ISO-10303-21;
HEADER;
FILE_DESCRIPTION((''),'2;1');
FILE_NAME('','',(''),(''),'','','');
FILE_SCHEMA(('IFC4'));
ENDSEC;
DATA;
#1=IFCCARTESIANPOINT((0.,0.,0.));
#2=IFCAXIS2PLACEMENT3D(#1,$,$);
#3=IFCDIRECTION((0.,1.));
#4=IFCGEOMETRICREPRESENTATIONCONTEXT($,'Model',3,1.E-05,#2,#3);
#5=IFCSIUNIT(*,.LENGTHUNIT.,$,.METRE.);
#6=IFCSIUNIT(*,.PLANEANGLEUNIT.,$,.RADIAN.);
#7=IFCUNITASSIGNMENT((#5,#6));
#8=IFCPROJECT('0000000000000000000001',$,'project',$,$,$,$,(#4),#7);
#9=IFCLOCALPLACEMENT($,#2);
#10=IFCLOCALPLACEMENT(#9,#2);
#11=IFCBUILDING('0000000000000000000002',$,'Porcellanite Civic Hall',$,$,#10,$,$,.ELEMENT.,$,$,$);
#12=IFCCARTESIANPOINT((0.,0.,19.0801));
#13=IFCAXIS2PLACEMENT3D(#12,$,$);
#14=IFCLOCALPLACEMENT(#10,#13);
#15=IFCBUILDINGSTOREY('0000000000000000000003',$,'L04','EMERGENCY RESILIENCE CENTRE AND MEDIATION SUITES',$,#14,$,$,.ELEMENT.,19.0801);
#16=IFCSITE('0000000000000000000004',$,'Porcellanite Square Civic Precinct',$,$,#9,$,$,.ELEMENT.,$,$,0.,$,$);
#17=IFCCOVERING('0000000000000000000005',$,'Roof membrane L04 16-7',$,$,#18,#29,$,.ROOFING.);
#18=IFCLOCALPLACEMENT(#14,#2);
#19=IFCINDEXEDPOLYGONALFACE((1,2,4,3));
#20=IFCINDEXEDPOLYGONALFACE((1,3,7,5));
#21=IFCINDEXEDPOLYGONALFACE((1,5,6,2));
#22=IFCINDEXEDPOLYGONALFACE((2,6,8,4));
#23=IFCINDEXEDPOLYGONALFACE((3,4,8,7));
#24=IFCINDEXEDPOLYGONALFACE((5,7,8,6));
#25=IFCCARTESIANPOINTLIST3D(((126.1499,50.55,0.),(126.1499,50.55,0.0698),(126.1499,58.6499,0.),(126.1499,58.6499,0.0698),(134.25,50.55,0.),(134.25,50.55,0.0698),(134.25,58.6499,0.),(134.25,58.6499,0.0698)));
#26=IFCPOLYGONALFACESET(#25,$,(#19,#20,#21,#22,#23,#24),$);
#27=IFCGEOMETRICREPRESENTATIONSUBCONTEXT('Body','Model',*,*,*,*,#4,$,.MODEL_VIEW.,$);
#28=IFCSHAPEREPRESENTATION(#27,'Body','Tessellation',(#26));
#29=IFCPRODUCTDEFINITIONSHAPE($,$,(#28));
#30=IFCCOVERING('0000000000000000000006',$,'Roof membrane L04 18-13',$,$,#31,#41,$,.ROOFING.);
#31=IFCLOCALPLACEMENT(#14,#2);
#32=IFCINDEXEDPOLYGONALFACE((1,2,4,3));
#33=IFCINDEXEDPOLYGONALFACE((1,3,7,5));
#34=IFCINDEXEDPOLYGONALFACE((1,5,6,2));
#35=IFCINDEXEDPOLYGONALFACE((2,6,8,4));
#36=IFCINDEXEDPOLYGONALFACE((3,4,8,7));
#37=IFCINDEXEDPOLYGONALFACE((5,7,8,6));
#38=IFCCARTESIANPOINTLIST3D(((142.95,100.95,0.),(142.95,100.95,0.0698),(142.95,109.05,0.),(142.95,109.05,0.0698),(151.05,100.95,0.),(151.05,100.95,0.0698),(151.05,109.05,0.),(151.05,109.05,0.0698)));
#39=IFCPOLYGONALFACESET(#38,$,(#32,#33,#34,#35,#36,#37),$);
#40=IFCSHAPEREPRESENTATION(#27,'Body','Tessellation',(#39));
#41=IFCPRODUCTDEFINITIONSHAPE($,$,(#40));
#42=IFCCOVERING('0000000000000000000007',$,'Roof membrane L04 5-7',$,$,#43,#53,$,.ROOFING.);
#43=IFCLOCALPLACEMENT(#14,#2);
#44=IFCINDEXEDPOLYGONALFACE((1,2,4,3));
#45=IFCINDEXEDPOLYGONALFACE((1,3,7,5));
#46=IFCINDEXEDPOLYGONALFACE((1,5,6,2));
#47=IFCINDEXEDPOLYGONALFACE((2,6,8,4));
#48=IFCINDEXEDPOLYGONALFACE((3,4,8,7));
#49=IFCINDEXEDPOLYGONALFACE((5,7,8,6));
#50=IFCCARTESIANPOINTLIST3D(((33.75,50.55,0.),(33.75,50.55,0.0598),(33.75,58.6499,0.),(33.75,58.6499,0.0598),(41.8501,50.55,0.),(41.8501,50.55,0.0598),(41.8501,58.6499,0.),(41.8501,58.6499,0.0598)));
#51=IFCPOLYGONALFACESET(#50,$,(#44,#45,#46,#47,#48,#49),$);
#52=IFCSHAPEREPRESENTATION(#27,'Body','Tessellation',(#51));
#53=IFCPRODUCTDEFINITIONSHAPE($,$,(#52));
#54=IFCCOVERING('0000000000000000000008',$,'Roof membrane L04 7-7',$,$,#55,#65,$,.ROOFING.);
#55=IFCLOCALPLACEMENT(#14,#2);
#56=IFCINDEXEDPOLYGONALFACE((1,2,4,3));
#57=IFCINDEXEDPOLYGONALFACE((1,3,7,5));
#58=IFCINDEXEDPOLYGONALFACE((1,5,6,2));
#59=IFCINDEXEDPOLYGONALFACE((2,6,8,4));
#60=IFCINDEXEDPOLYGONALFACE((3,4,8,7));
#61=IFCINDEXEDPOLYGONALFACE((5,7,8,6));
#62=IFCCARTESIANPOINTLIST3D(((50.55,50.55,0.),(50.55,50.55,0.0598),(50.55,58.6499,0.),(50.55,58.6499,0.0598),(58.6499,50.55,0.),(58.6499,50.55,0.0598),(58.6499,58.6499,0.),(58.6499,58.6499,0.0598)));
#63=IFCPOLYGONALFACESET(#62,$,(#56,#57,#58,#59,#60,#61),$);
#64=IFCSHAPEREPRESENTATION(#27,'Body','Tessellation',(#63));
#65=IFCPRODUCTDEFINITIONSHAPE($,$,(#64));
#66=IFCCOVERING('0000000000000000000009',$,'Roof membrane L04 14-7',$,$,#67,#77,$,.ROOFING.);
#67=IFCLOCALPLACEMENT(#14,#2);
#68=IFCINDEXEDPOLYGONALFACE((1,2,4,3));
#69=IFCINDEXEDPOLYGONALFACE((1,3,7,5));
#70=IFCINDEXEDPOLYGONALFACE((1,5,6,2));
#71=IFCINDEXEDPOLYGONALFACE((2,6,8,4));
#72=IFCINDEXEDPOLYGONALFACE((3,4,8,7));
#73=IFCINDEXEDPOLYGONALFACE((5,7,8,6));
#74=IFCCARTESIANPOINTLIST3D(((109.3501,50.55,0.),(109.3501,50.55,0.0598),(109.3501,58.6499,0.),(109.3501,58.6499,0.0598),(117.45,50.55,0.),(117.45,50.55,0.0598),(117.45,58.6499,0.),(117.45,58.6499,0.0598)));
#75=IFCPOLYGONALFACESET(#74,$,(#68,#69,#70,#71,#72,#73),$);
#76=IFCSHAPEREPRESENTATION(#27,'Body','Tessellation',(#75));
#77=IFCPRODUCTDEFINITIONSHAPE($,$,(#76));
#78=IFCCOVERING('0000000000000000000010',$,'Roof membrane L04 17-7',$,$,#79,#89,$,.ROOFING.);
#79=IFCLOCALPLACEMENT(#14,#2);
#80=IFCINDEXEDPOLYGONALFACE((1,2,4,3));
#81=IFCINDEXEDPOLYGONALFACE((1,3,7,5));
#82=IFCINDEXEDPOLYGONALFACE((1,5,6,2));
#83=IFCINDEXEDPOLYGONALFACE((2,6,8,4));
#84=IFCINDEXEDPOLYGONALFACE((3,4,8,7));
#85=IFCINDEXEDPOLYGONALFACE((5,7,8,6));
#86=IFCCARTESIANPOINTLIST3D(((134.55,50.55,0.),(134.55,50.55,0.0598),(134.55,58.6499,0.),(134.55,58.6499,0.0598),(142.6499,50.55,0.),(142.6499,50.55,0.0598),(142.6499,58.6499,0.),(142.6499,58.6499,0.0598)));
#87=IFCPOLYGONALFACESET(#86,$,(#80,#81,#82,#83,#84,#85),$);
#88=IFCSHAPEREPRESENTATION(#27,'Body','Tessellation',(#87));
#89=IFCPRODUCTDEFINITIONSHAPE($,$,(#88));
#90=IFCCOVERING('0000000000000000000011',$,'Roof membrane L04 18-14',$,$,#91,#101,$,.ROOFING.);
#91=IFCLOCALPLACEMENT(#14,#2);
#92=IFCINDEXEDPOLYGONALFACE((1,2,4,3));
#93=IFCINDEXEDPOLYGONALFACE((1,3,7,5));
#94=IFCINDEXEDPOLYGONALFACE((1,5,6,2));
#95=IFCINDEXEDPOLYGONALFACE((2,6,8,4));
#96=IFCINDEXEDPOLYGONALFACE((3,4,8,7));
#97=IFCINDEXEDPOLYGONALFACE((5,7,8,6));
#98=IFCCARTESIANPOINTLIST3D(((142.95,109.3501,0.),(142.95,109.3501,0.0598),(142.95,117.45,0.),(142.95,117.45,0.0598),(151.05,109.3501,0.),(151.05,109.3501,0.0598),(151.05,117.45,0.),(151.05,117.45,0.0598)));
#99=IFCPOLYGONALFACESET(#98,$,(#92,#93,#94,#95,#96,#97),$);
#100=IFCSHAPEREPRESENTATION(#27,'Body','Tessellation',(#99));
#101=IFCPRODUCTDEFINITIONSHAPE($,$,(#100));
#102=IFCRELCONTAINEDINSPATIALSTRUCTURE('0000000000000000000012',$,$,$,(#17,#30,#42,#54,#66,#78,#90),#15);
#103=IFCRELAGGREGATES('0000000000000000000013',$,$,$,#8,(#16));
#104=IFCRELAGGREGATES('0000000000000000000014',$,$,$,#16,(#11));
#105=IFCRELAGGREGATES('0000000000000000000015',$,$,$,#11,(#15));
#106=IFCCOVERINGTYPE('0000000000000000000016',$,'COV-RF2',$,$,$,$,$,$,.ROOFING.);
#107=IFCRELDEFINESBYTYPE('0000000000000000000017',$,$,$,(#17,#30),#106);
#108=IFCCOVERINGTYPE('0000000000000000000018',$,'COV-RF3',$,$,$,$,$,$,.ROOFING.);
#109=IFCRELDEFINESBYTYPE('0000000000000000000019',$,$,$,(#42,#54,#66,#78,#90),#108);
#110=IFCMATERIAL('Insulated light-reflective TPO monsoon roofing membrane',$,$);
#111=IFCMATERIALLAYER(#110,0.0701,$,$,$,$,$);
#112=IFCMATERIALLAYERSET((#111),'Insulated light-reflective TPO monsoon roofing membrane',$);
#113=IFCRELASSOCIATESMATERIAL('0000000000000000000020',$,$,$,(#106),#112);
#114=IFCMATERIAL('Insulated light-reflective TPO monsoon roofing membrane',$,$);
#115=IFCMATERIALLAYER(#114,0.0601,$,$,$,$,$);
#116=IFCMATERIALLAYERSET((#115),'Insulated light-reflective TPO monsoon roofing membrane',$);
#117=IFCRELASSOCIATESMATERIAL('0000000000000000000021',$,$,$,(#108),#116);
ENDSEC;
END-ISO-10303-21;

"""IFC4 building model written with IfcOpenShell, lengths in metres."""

from ifc_helpers import new_model, si_unit, direction, frame, origin, place, context, subcontext, project, spatial, polyline, outline, extrude, material, layer, layer_set, type_object, element, save


model = new_model("IFC4")

# Units and contexts
model_context = context("Model", 3, precision=1e-05, world=origin(), true_north=direction((0.0, 1.0)))
body_context = subcontext(model_context, "Body", "Model", "MODEL_VIEW")
ifc_project = project(units=[si_unit("LENGTHUNIT", "METRE"), si_unit("PLANEANGLEUNIT", "RADIAN")], contexts=[model_context])

# Site, building, storey
site_placement = place(None, origin())
site = spatial("IfcSite", under=ifc_project, at=site_placement, Name="Porcellanite Square Civic Precinct", CompositionType="ELEMENT", RefElevation=0.0)
building_placement = place(site_placement, origin())
building = spatial("IfcBuilding", under=site, at=building_placement, Name="Porcellanite Civic Hall", CompositionType="ELEMENT")
storey_placement = place(building_placement, frame((0.0, 0.0, 19.0801)))
storey = spatial("IfcBuildingStorey", under=building, at=storey_placement, Name="L04", Description="EMERGENCY RESILIENCE CENTRE AND MEDIATION SUITES", CompositionType="ELEMENT", Elevation=19.0801)

# Coverings
ifc_material_1 = material(Name="Insulated light-reflective TPO monsoon roofing membrane")
ifc_layer_1 = layer(ifc_material_1, 0.0701)
ifc_layer_set_1 = layer_set([ifc_layer_1], Name="Insulated light-reflective TPO monsoon roofing membrane")
covering_type_1 = type_object("IfcCoveringType", Name="COV-RF2", PredefinedType="ROOFING", material=ifc_layer_set_1)
covering_1_placement = place(storey_placement, origin())
element("IfcCovering", 1, at=covering_1_placement, inside=storey, type_object=covering_type_1, Name="Roof membrane L04 16-7", PredefinedType="ROOFING", context=body_context, shape_type="SweptSolid", body=[
    extrude(outline(polyline([(126.1499, 50.55), (134.25, 50.55), (134.25, 58.6499), (126.1499, 58.6499), (126.1499, 50.55)])), origin(), (0.0, 0.0, 1.0), 0.0698),
])
covering_2_placement = place(storey_placement, origin())
element("IfcCovering", 2, at=covering_2_placement, inside=storey, type_object=covering_type_1, Name="Roof membrane L04 18-13", PredefinedType="ROOFING", context=body_context, shape_type="SweptSolid", body=[
    extrude(outline(polyline([(142.95, 100.95), (151.05, 100.95), (151.05, 109.05), (142.95, 109.05), (142.95, 100.95)])), origin(), (0.0, 0.0, 1.0), 0.0698),
])
ifc_material_2 = material(Name="Insulated light-reflective TPO monsoon roofing membrane")
ifc_layer_2 = layer(ifc_material_2, 0.0601)
ifc_layer_set_2 = layer_set([ifc_layer_2], Name="Insulated light-reflective TPO monsoon roofing membrane")
covering_type_2 = type_object("IfcCoveringType", Name="COV-RF3", PredefinedType="ROOFING", material=ifc_layer_set_2)
covering_3_placement = place(storey_placement, origin())
element("IfcCovering", 3, at=covering_3_placement, inside=storey, type_object=covering_type_2, Name="Roof membrane L04 5-7", PredefinedType="ROOFING", context=body_context, shape_type="SweptSolid", body=[
    extrude(outline(polyline([(33.75, 50.55), (41.8501, 50.55), (41.8501, 58.6499), (33.75, 58.6499), (33.75, 50.55)])), origin(), (0.0, 0.0, 1.0), 0.0598),
])
covering_4_placement = place(storey_placement, origin())
element("IfcCovering", 4, at=covering_4_placement, inside=storey, type_object=covering_type_2, Name="Roof membrane L04 7-7", PredefinedType="ROOFING", context=body_context, shape_type="SweptSolid", body=[
    extrude(outline(polyline([(50.55, 50.55), (58.6499, 50.55), (58.6499, 58.6499), (50.55, 58.6499), (50.55, 50.55)])), origin(), (0.0, 0.0, 1.0), 0.0598),
])
covering_5_placement = place(storey_placement, origin())
element("IfcCovering", 5, at=covering_5_placement, inside=storey, type_object=covering_type_2, Name="Roof membrane L04 14-7", PredefinedType="ROOFING", context=body_context, shape_type="SweptSolid", body=[
    extrude(outline(polyline([(109.3501, 50.55), (117.45, 50.55), (117.45, 58.6499), (109.3501, 58.6499), (109.3501, 50.55)])), origin(), (0.0, 0.0, 1.0), 0.0598),
])
covering_6_placement = place(storey_placement, origin())
element("IfcCovering", 6, at=covering_6_placement, inside=storey, type_object=covering_type_2, Name="Roof membrane L04 17-7", PredefinedType="ROOFING", context=body_context, shape_type="SweptSolid", body=[
    extrude(outline(polyline([(134.55, 50.55), (142.6499, 50.55), (142.6499, 58.6499), (134.55, 58.6499), (134.55, 50.55)])), origin(), (0.0, 0.0, 1.0), 0.0598),
])
covering_7_placement = place(storey_placement, origin())
element("IfcCovering", 7, at=covering_7_placement, inside=storey, type_object=covering_type_2, Name="Roof membrane L04 18-14", PredefinedType="ROOFING", context=body_context, shape_type="SweptSolid", body=[
    extrude(outline(polyline([(142.95, 109.3501), (151.05, 109.3501), (151.05, 117.45), (142.95, 117.45), (142.95, 109.3501)])), origin(), (0.0, 0.0, 1.0), 0.0598),
])

save(model, "model.ifc")
